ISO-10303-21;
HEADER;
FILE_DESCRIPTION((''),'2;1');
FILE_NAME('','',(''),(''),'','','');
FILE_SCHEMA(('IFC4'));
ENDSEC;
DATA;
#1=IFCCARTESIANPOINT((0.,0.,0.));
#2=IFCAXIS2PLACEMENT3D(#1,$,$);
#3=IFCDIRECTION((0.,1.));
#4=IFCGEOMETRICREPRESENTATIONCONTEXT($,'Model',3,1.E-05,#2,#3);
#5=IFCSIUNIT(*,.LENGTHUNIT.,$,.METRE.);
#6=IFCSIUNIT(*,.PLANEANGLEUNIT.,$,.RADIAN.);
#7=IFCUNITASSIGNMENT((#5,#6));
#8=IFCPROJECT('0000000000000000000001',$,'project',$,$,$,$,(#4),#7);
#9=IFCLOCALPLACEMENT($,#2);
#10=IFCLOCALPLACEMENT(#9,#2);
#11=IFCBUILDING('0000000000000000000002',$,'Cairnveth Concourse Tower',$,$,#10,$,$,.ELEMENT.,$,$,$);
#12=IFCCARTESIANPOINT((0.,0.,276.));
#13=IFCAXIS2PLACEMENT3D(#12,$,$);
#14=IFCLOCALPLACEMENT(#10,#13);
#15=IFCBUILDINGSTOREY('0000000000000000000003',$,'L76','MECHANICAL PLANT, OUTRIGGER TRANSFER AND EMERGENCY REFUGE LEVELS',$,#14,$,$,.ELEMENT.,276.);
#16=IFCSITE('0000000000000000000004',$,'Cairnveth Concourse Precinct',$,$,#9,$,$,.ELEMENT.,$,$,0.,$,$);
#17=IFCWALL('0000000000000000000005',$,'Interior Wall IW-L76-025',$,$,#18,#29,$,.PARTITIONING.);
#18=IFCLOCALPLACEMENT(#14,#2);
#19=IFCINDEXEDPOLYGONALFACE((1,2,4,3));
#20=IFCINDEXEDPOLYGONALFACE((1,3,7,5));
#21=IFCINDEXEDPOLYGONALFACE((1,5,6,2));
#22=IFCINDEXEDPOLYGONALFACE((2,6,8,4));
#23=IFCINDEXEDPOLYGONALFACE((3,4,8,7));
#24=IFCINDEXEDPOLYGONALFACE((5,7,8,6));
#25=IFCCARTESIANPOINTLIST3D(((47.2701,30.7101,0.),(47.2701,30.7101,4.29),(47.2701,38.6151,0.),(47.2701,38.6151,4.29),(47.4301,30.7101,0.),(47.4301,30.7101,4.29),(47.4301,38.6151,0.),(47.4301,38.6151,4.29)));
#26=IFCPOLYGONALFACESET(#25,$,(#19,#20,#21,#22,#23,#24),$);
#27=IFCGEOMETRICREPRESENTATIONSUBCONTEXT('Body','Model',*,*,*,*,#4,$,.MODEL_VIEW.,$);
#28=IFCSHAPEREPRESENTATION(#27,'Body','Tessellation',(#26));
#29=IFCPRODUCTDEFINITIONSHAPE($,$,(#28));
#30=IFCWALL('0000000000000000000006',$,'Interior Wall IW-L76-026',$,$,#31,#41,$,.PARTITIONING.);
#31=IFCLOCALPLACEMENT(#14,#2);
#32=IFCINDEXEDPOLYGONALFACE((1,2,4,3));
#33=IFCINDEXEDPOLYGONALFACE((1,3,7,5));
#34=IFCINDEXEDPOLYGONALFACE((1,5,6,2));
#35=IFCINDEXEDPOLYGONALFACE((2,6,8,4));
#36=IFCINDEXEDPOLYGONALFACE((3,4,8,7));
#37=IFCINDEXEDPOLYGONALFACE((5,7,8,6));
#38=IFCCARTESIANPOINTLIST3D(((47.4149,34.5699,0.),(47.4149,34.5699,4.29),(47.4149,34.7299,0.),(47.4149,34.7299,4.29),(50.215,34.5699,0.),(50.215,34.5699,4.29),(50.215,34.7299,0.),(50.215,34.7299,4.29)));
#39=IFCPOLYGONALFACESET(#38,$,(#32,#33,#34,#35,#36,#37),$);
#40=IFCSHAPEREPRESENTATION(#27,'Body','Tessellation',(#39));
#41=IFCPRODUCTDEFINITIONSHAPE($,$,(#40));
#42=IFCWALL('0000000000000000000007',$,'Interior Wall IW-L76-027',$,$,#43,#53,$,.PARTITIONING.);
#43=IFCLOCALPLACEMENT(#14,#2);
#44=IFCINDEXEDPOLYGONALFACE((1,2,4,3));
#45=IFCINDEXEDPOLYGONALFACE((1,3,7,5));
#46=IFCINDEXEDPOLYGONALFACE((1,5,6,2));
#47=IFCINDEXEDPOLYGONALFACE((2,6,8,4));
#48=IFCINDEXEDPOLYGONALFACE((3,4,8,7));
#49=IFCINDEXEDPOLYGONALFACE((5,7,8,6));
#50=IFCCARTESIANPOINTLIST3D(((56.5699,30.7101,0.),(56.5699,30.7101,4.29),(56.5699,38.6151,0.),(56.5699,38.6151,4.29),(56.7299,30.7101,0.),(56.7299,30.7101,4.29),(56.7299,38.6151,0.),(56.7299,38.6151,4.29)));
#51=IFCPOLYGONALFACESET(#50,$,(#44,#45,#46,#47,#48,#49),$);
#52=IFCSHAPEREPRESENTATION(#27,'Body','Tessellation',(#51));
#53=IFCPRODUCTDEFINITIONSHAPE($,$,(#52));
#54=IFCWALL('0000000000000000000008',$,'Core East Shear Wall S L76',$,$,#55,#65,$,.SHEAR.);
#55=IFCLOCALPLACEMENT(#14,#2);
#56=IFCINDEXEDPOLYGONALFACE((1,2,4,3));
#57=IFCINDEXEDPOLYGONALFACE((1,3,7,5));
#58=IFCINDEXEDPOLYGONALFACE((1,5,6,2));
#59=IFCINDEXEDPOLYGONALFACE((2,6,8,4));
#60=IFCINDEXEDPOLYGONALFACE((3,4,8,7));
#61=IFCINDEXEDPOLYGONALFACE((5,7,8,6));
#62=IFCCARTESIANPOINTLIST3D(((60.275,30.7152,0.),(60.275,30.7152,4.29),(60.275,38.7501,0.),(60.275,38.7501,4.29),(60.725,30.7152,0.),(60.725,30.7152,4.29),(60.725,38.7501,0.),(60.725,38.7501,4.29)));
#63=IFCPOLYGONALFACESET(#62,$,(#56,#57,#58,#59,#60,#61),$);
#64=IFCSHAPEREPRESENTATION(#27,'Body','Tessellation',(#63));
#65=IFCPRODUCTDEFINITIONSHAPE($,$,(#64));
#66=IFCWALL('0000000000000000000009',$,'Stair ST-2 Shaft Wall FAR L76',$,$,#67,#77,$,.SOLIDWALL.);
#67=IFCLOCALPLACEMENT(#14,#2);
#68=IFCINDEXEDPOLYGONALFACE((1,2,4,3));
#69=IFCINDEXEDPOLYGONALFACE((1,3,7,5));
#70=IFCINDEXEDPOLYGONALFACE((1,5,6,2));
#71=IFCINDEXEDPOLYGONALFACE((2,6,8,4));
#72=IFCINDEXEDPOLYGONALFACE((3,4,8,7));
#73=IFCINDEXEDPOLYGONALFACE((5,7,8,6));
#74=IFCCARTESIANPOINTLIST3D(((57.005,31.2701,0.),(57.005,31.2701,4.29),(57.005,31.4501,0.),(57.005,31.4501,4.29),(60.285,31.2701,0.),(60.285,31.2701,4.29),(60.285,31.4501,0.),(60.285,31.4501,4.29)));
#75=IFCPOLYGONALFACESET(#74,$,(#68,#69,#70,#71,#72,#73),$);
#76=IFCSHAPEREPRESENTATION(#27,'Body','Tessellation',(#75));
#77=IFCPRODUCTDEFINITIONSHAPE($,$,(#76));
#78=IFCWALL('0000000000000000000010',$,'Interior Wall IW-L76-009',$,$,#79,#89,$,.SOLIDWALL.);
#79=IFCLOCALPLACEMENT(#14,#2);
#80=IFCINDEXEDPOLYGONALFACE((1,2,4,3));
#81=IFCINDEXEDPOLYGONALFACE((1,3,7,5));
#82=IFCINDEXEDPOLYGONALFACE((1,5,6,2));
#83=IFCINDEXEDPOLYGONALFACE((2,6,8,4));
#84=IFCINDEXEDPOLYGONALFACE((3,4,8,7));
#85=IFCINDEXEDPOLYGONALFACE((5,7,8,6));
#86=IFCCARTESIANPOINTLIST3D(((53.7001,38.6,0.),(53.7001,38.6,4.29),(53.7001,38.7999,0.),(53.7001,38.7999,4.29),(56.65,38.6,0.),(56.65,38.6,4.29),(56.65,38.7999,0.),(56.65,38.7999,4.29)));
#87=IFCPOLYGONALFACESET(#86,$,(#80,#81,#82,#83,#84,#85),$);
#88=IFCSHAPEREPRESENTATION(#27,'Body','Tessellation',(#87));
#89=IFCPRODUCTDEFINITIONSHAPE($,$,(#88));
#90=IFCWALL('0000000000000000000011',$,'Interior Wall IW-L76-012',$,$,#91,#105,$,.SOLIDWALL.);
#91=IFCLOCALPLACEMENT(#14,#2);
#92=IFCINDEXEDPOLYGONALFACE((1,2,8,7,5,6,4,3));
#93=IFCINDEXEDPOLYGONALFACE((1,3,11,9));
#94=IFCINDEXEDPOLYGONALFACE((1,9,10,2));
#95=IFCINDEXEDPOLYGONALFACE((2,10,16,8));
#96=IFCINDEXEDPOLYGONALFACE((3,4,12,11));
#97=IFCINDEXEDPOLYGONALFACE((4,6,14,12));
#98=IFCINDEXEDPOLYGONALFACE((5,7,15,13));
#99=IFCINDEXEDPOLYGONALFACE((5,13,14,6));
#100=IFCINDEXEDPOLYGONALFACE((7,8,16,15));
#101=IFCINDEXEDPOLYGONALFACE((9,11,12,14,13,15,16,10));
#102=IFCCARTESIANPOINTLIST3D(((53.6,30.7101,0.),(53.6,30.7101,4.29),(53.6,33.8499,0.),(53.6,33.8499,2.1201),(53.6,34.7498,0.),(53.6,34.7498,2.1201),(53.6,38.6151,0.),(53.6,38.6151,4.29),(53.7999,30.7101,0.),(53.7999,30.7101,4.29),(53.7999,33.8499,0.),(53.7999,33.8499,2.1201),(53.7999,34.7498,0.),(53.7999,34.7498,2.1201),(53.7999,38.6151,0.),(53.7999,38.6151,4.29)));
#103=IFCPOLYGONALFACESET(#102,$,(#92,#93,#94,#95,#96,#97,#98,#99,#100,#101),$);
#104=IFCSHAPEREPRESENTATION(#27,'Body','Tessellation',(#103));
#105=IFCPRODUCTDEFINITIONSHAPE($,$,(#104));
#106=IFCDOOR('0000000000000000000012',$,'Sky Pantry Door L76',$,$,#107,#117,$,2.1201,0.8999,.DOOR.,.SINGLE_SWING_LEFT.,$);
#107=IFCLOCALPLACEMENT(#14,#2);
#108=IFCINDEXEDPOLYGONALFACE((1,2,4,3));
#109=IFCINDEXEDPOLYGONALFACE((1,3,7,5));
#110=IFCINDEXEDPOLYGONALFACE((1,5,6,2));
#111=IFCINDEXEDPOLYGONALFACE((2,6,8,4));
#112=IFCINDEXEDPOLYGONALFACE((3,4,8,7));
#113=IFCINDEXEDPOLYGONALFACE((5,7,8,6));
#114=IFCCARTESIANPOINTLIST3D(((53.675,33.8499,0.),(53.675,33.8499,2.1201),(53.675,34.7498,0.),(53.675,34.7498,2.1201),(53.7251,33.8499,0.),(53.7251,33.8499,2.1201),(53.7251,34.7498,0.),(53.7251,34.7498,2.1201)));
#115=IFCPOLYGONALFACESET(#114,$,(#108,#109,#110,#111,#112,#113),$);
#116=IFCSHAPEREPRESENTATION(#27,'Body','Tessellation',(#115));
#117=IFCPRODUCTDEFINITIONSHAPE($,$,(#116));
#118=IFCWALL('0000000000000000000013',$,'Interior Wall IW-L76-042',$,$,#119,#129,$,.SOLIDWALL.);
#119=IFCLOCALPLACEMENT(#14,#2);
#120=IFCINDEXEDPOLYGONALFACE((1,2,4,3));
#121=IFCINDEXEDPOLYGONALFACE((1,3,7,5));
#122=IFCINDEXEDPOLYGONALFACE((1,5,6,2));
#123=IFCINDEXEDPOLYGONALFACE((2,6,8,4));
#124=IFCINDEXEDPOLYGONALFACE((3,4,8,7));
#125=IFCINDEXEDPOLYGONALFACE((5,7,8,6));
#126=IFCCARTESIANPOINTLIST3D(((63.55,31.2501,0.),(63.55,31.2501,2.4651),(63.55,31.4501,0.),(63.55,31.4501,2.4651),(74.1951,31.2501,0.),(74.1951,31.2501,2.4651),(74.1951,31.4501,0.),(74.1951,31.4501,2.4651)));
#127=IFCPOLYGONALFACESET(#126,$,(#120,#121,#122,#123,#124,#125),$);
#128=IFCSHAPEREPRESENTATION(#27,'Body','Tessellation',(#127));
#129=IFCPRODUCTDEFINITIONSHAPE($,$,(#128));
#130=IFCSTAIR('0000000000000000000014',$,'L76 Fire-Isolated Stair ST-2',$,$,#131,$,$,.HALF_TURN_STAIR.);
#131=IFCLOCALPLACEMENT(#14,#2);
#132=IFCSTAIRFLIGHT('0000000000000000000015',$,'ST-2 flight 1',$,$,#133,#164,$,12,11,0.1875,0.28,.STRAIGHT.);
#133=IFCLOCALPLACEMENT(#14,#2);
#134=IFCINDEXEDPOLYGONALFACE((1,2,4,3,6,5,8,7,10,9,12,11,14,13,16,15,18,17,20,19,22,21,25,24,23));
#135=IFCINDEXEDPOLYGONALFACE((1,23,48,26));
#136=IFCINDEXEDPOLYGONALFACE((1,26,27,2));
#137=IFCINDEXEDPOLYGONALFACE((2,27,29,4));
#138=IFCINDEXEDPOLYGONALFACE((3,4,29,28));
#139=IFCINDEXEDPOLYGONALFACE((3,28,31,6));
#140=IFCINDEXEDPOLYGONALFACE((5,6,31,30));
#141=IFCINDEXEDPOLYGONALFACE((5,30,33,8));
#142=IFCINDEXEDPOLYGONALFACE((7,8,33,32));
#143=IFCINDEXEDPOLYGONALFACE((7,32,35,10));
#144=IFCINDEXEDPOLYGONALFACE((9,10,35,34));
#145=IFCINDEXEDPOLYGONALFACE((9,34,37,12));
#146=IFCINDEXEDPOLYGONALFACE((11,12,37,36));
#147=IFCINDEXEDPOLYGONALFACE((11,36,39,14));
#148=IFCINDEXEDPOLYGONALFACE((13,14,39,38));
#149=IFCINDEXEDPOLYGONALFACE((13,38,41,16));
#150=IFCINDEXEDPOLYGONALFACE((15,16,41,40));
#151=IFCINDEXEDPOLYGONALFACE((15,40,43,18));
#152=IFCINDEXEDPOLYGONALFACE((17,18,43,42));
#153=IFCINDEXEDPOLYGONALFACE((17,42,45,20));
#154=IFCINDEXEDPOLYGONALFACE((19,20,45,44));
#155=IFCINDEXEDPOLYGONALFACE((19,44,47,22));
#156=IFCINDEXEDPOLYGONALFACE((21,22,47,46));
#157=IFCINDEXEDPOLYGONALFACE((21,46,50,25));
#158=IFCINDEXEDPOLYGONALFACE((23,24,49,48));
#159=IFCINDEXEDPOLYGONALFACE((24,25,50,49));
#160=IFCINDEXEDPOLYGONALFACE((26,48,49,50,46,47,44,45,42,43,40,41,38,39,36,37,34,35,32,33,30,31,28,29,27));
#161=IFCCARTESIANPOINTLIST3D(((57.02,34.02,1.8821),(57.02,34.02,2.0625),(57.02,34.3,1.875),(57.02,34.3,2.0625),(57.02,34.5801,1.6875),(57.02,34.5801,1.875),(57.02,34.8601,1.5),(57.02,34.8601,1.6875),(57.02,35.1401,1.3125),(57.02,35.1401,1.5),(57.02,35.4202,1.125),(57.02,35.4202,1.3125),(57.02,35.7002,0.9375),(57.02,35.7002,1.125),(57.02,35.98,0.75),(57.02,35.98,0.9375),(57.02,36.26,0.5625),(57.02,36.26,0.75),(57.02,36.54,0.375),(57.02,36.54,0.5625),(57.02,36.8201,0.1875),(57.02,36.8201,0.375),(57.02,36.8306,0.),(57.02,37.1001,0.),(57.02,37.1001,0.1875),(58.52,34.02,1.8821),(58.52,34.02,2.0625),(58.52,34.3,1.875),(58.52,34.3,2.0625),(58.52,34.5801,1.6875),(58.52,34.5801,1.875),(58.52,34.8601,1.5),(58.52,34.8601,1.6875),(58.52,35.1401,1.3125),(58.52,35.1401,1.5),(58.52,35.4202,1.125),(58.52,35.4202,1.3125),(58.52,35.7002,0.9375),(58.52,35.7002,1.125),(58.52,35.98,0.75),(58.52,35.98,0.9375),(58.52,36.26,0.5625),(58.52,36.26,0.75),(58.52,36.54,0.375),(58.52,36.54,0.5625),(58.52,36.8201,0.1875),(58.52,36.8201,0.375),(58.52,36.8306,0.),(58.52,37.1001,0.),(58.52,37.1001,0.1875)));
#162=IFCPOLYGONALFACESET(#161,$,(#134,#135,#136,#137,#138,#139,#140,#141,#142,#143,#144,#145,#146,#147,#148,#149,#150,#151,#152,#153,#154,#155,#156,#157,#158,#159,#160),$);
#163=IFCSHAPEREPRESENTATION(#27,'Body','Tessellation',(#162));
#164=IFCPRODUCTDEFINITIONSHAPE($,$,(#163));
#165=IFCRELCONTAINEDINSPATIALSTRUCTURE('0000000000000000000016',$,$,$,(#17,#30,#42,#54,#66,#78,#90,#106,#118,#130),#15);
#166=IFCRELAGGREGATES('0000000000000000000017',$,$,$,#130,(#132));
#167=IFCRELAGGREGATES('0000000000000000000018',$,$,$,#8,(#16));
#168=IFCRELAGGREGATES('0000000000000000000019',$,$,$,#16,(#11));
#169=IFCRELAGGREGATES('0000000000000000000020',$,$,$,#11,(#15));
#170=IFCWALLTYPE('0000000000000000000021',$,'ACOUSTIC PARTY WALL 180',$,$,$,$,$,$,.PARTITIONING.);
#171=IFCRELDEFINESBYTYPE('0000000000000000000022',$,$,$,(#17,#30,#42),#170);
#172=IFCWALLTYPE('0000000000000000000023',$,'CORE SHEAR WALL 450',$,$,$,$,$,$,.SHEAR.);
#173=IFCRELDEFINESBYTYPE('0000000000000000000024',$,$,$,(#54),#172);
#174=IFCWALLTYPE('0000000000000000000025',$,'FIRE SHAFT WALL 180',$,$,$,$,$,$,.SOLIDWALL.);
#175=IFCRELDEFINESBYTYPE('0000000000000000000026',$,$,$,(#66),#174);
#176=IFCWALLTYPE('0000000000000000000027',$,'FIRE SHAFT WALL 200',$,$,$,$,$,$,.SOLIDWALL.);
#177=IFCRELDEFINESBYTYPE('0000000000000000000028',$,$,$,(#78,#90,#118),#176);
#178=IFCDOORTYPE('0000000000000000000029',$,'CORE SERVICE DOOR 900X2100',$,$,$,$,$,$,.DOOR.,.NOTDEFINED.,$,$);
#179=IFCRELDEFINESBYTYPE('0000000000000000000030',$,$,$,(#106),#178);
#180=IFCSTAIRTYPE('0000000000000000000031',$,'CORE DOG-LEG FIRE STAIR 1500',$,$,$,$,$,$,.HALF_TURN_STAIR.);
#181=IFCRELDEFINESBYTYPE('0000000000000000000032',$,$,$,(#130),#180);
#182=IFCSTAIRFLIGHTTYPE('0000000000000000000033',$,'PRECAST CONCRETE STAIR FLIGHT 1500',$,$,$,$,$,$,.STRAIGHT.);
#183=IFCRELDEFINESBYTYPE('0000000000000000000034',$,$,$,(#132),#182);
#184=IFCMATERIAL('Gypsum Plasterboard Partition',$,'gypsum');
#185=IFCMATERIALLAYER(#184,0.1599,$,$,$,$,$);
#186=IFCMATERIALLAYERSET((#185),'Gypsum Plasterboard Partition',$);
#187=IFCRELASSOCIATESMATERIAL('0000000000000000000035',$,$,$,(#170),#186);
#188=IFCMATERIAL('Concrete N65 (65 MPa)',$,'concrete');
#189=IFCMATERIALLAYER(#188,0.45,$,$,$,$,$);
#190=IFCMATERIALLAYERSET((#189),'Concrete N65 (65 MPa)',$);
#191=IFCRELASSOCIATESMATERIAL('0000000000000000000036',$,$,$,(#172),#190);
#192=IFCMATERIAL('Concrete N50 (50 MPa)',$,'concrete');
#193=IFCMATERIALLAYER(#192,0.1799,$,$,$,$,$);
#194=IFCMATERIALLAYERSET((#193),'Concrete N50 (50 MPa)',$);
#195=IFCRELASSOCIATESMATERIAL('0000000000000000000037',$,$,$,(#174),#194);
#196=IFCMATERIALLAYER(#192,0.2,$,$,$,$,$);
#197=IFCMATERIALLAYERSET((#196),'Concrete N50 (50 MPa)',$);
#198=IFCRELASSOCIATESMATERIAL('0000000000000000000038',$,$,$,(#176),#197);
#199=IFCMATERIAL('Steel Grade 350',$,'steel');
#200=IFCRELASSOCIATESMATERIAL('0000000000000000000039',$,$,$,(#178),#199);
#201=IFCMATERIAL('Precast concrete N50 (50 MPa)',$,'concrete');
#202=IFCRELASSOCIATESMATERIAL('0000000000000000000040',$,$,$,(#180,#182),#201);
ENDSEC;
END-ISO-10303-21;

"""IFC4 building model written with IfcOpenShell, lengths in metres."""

from ifc_helpers import new_model, si_unit, direction, frame, frame_2d, origin, place, context, subcontext, project, spatial, polyline, rectangle, outline, extrude, material, layer, layer_set, type_object, element, fill, aggregate, save


model = new_model("IFC4")

# Units and contexts
model_context = context("Model", 3, precision=1e-05, world=origin(), true_north=direction((0.0, 1.0)))
body_context = subcontext(model_context, "Body", "Model", "MODEL_VIEW")
ifc_project = project(units=[si_unit("LENGTHUNIT", "METRE"), si_unit("PLANEANGLEUNIT", "RADIAN")], contexts=[model_context])

# Site, building, storey
site_placement = place(None, origin())
site = spatial("IfcSite", under=ifc_project, at=site_placement, Name="Cairnveth Concourse Precinct", CompositionType="ELEMENT", RefElevation=0.0)
building_placement = place(site_placement, origin())
building = spatial("IfcBuilding", under=site, at=building_placement, Name="Cairnveth Concourse Tower", CompositionType="ELEMENT")
storey_placement = place(building_placement, frame((0.0, 0.0, 276.0)))
storey = spatial("IfcBuildingStorey", under=building, at=storey_placement, Name="L76", Description="MECHANICAL PLANT, OUTRIGGER TRANSFER AND EMERGENCY REFUGE LEVELS", CompositionType="ELEMENT", Elevation=276.0)

# Walls
ifc_material_1 = material(Name="Gypsum Plasterboard Partition", Category="gypsum")
ifc_layer_1 = layer(ifc_material_1, 0.1599)
ifc_layer_set_1 = layer_set([ifc_layer_1], Name="Gypsum Plasterboard Partition")
wall_type_1 = type_object("IfcWallType", Name="ACOUSTIC PARTY WALL 180", PredefinedType="PARTITIONING", material=ifc_layer_set_1)
wall_1_placement = place(storey_placement, frame((47.3501, 30.71, 0.0), z_axis=(0.0, 0.0, 1.0), x_axis=(0.0, 1.0, 0.0)))
element("IfcWall", 1, at=wall_1_placement, inside=storey, type_object=wall_type_1, Name="Interior Wall IW-L76-025", PredefinedType="PARTITIONING", context=body_context, shape_type="SweptSolid", body=[
    extrude(rectangle(XDim=7.905, YDim=0.1599, at=frame_2d((3.9526, 0.0))), origin(), (0.0, 0.0, 1.0), 4.29),
])
wall_2_placement = place(storey_placement, frame((47.415, 34.6499, 0.0), z_axis=(0.0, 0.0, 1.0), x_axis=(1.0, 0.0, 0.0)))
element("IfcWall", 2, at=wall_2_placement, inside=storey, type_object=wall_type_1, Name="Interior Wall IW-L76-026", PredefinedType="PARTITIONING", context=body_context, shape_type="SweptSolid", body=[
    extrude(rectangle(XDim=2.8, YDim=0.1599, at=frame_2d((1.3999, 0.0))), origin(), (0.0, 0.0, 1.0), 4.29),
])
wall_3_placement = place(storey_placement, frame((56.6499, 30.71, 0.0), z_axis=(0.0, 0.0, 1.0), x_axis=(0.0, 1.0, 0.0)))
element("IfcWall", 3, at=wall_3_placement, inside=storey, type_object=wall_type_1, Name="Interior Wall IW-L76-027", PredefinedType="PARTITIONING", context=body_context, shape_type="SweptSolid", body=[
    extrude(rectangle(XDim=7.905, YDim=0.1599, at=frame_2d((3.9526, 0.0))), origin(), (0.0, 0.0, 1.0), 4.29),
])
ifc_material_2 = material(Name="Concrete N65 (65 MPa)", Category="concrete")
ifc_layer_2 = layer(ifc_material_2, 0.45)
ifc_layer_set_2 = layer_set([ifc_layer_2], Name="Concrete N65 (65 MPa)")
wall_type_2 = type_object("IfcWallType", Name="CORE SHEAR WALL 450", PredefinedType="SHEAR", material=ifc_layer_set_2)
wall_4_placement = place(storey_placement, frame((60.5, 30.7151, 0.0), z_axis=(0.0, 0.0, 1.0), x_axis=(0.0, 1.0, 0.0)))
element("IfcWall", 4, at=wall_4_placement, inside=storey, type_object=wall_type_2, Name="Core East Shear Wall S L76", PredefinedType="SHEAR", context=body_context, shape_type="SweptSolid", body=[
    extrude(rectangle(XDim=8.0349, YDim=0.45, at=frame_2d((4.0176, 0.0))), origin(), (0.0, 0.0, 1.0), 4.29),
])

# Shared definitions
ifc_material_3 = material(Name="Concrete N50 (50 MPa)", Category="concrete")
ifc_layer_3 = layer(ifc_material_3, 0.1799)
ifc_layer_set_3 = layer_set([ifc_layer_3], Name="Concrete N50 (50 MPa)")
wall_type_3 = type_object("IfcWallType", Name="FIRE SHAFT WALL 180", PredefinedType="SOLIDWALL", material=ifc_layer_set_3)
ifc_material_4 = material(Name="Steel Grade 350", Category="steel")

# Walls
wall_5_placement = place(storey_placement, frame((57.0049, 31.3601, 0.0), z_axis=(0.0, 0.0, 1.0), x_axis=(1.0, 0.0, 0.0)))
element("IfcWall", 5, at=wall_5_placement, inside=storey, type_object=wall_type_3, Name="Stair ST-2 Shaft Wall FAR L76", PredefinedType="SOLIDWALL", context=body_context, shape_type="SweptSolid", body=[
    extrude(rectangle(XDim=3.28, YDim=0.1799, at=frame_2d((1.6401, 0.0))), origin(), (0.0, 0.0, 1.0), 4.29),
])
ifc_layer_4 = layer(ifc_material_3, 0.2)
ifc_layer_set_4 = layer_set([ifc_layer_4], Name="Concrete N50 (50 MPa)")
wall_type_4 = type_object("IfcWallType", Name="FIRE SHAFT WALL 200", PredefinedType="SOLIDWALL", material=ifc_layer_set_4)
wall_6_placement = place(storey_placement, frame((53.7, 38.7, 0.0), z_axis=(0.0, 0.0, 1.0), x_axis=(1.0, 0.0, 0.0)))
element("IfcWall", 6, at=wall_6_placement, inside=storey, type_object=wall_type_4, Name="Interior Wall IW-L76-009", PredefinedType="SOLIDWALL", context=body_context, shape_type="SweptSolid", body=[
    extrude(rectangle(XDim=2.95, YDim=0.2, at=frame_2d((1.4751, 0.0))), origin(), (0.0, 0.0, 1.0), 4.29),
])

# Wall, opening, door
wall_7_placement = place(storey_placement, frame((53.7, 30.71, 0.0), z_axis=(0.0, 0.0, 1.0), x_axis=(0.0, 1.0, 0.0)))
wall_7 = element("IfcWall", 7, at=wall_7_placement, inside=storey, type_object=wall_type_4, Name="Interior Wall IW-L76-012", PredefinedType="SOLIDWALL", context=body_context, shape_type="SweptSolid", body=[
    extrude(rectangle(XDim=7.905, YDim=0.2, at=frame_2d((3.9526, 0.0))), origin(), (0.0, 0.0, 1.0), 4.29),
])
opening_1_placement = place(wall_7_placement, frame((3.1399, 0.0, 0.0)))
opening_1 = element("IfcOpeningElement", 8, at=opening_1_placement, cuts=wall_7, PredefinedType="OPENING", context=body_context, shape_type="SweptSolid", body=[
    extrude(rectangle(XDim=0.8999, YDim=2.1201, at=frame_2d((0.45, 1.0601))), frame((0.0, 0.1099, 0.0), z_axis=(0.0, -1.0, 0.0), x_axis=(1.0, 0.0, 0.0)), (0.0, 0.0, 1.0), 0.22),
])
door_type_1 = type_object("IfcDoorType", Name="CORE SERVICE DOOR 900X2100", OperationType="NOTDEFINED", PredefinedType="DOOR", material=ifc_material_4)
door_1_placement = place(opening_1_placement, origin())
door_1 = element("IfcDoor", 9, at=door_1_placement, inside=storey, type_object=door_type_1, Name="Sky Pantry Door L76", OperationType="SINGLE_SWING_LEFT", OverallHeight=2.1201, OverallWidth=0.8999, PredefinedType="DOOR", context=body_context, shape_type="SweptSolid", body=[
    extrude(rectangle(XDim=0.8999, YDim=2.1201, at=frame_2d((0.45, 1.0601))), frame((0.0, 0.0249, 0.0), z_axis=(0.0, -1.0, 0.0), x_axis=(1.0, 0.0, 0.0)), (0.0, 0.0, 1.0), 0.05),
])
fill(opening_1, door_1)

# Wall
wall_8_placement = place(storey_placement, frame((63.55, 31.3501, 0.0), z_axis=(0.0, 0.0, 1.0), x_axis=(1.0, 0.0, 0.0)))
element("IfcWall", 10, at=wall_8_placement, inside=storey, type_object=wall_type_4, Name="Interior Wall IW-L76-042", PredefinedType="SOLIDWALL", context=body_context, shape_type="SweptSolid", body=[
    extrude(rectangle(XDim=10.645, YDim=0.2, at=frame_2d((5.3225, 0.0))), origin(), (0.0, 0.0, 1.0), 2.4651),
])

# Stair, stair flight
ifc_material_5 = material(Name="Precast concrete N50 (50 MPa)", Category="concrete")
stair_type = type_object("IfcStairType", Name="CORE DOG-LEG FIRE STAIR 1500", PredefinedType="HALF_TURN_STAIR", material=ifc_material_5)
stair_placement = place(storey_placement, origin())
stair = element("IfcStair", 11, at=stair_placement, inside=storey, type_object=stair_type, Name="L76 Fire-Isolated Stair ST-2", PredefinedType="HALF_TURN_STAIR")
stair_flight_type = type_object("IfcStairFlightType", Name="PRECAST CONCRETE STAIR FLIGHT 1500", PredefinedType="STRAIGHT", material=ifc_material_5)
stair_flight_1_placement = place(storey_placement, frame((57.77, 37.1001, 0.0), z_axis=(0.0, 0.0, 1.0), x_axis=(0.0, -1.0, 0.0)))
stair_flight_1 = element("IfcStairFlight", 12, at=stair_flight_1_placement, type_object=stair_flight_type, Name="ST-2 flight 1", NumberOfRisers=12, NumberOfTreads=11, PredefinedType="STRAIGHT", RiserHeight=0.1875, TreadLength=0.28, context=body_context, shape_type="SweptSolid", body=[
    extrude(outline(polyline([(0.0, 0.0), (0.0, 0.1875), (0.28, 0.1875), (0.28, 0.375), (0.5601, 0.375), (0.5601, 0.5625), (0.8401, 0.5625), (0.8401, 0.75), (1.1201, 0.75), (1.1201, 0.9375), (1.3999, 0.9375), (1.3999, 1.125), (1.6799, 1.125), (1.6799, 1.3125), (1.96, 1.3125), (1.96, 1.5), (2.24, 1.5), (2.24, 1.6875), (2.52, 1.6875), (2.52, 1.875), (2.8, 1.875), (2.8, 2.0625), (3.0801, 2.0625), (3.0801, 2.25), (3.0801, 1.8821), (0.2695, 0.0), (0.0, 0.0)])), frame((0.0, 0.75, 0.0), z_axis=(0.0, -1.0, 0.0), x_axis=(1.0, 0.0, 0.0)), (0.0, 0.0, 1.0), 1.5),
])
aggregate(stair, [stair_flight_1])

save(model, "model.ifc")
